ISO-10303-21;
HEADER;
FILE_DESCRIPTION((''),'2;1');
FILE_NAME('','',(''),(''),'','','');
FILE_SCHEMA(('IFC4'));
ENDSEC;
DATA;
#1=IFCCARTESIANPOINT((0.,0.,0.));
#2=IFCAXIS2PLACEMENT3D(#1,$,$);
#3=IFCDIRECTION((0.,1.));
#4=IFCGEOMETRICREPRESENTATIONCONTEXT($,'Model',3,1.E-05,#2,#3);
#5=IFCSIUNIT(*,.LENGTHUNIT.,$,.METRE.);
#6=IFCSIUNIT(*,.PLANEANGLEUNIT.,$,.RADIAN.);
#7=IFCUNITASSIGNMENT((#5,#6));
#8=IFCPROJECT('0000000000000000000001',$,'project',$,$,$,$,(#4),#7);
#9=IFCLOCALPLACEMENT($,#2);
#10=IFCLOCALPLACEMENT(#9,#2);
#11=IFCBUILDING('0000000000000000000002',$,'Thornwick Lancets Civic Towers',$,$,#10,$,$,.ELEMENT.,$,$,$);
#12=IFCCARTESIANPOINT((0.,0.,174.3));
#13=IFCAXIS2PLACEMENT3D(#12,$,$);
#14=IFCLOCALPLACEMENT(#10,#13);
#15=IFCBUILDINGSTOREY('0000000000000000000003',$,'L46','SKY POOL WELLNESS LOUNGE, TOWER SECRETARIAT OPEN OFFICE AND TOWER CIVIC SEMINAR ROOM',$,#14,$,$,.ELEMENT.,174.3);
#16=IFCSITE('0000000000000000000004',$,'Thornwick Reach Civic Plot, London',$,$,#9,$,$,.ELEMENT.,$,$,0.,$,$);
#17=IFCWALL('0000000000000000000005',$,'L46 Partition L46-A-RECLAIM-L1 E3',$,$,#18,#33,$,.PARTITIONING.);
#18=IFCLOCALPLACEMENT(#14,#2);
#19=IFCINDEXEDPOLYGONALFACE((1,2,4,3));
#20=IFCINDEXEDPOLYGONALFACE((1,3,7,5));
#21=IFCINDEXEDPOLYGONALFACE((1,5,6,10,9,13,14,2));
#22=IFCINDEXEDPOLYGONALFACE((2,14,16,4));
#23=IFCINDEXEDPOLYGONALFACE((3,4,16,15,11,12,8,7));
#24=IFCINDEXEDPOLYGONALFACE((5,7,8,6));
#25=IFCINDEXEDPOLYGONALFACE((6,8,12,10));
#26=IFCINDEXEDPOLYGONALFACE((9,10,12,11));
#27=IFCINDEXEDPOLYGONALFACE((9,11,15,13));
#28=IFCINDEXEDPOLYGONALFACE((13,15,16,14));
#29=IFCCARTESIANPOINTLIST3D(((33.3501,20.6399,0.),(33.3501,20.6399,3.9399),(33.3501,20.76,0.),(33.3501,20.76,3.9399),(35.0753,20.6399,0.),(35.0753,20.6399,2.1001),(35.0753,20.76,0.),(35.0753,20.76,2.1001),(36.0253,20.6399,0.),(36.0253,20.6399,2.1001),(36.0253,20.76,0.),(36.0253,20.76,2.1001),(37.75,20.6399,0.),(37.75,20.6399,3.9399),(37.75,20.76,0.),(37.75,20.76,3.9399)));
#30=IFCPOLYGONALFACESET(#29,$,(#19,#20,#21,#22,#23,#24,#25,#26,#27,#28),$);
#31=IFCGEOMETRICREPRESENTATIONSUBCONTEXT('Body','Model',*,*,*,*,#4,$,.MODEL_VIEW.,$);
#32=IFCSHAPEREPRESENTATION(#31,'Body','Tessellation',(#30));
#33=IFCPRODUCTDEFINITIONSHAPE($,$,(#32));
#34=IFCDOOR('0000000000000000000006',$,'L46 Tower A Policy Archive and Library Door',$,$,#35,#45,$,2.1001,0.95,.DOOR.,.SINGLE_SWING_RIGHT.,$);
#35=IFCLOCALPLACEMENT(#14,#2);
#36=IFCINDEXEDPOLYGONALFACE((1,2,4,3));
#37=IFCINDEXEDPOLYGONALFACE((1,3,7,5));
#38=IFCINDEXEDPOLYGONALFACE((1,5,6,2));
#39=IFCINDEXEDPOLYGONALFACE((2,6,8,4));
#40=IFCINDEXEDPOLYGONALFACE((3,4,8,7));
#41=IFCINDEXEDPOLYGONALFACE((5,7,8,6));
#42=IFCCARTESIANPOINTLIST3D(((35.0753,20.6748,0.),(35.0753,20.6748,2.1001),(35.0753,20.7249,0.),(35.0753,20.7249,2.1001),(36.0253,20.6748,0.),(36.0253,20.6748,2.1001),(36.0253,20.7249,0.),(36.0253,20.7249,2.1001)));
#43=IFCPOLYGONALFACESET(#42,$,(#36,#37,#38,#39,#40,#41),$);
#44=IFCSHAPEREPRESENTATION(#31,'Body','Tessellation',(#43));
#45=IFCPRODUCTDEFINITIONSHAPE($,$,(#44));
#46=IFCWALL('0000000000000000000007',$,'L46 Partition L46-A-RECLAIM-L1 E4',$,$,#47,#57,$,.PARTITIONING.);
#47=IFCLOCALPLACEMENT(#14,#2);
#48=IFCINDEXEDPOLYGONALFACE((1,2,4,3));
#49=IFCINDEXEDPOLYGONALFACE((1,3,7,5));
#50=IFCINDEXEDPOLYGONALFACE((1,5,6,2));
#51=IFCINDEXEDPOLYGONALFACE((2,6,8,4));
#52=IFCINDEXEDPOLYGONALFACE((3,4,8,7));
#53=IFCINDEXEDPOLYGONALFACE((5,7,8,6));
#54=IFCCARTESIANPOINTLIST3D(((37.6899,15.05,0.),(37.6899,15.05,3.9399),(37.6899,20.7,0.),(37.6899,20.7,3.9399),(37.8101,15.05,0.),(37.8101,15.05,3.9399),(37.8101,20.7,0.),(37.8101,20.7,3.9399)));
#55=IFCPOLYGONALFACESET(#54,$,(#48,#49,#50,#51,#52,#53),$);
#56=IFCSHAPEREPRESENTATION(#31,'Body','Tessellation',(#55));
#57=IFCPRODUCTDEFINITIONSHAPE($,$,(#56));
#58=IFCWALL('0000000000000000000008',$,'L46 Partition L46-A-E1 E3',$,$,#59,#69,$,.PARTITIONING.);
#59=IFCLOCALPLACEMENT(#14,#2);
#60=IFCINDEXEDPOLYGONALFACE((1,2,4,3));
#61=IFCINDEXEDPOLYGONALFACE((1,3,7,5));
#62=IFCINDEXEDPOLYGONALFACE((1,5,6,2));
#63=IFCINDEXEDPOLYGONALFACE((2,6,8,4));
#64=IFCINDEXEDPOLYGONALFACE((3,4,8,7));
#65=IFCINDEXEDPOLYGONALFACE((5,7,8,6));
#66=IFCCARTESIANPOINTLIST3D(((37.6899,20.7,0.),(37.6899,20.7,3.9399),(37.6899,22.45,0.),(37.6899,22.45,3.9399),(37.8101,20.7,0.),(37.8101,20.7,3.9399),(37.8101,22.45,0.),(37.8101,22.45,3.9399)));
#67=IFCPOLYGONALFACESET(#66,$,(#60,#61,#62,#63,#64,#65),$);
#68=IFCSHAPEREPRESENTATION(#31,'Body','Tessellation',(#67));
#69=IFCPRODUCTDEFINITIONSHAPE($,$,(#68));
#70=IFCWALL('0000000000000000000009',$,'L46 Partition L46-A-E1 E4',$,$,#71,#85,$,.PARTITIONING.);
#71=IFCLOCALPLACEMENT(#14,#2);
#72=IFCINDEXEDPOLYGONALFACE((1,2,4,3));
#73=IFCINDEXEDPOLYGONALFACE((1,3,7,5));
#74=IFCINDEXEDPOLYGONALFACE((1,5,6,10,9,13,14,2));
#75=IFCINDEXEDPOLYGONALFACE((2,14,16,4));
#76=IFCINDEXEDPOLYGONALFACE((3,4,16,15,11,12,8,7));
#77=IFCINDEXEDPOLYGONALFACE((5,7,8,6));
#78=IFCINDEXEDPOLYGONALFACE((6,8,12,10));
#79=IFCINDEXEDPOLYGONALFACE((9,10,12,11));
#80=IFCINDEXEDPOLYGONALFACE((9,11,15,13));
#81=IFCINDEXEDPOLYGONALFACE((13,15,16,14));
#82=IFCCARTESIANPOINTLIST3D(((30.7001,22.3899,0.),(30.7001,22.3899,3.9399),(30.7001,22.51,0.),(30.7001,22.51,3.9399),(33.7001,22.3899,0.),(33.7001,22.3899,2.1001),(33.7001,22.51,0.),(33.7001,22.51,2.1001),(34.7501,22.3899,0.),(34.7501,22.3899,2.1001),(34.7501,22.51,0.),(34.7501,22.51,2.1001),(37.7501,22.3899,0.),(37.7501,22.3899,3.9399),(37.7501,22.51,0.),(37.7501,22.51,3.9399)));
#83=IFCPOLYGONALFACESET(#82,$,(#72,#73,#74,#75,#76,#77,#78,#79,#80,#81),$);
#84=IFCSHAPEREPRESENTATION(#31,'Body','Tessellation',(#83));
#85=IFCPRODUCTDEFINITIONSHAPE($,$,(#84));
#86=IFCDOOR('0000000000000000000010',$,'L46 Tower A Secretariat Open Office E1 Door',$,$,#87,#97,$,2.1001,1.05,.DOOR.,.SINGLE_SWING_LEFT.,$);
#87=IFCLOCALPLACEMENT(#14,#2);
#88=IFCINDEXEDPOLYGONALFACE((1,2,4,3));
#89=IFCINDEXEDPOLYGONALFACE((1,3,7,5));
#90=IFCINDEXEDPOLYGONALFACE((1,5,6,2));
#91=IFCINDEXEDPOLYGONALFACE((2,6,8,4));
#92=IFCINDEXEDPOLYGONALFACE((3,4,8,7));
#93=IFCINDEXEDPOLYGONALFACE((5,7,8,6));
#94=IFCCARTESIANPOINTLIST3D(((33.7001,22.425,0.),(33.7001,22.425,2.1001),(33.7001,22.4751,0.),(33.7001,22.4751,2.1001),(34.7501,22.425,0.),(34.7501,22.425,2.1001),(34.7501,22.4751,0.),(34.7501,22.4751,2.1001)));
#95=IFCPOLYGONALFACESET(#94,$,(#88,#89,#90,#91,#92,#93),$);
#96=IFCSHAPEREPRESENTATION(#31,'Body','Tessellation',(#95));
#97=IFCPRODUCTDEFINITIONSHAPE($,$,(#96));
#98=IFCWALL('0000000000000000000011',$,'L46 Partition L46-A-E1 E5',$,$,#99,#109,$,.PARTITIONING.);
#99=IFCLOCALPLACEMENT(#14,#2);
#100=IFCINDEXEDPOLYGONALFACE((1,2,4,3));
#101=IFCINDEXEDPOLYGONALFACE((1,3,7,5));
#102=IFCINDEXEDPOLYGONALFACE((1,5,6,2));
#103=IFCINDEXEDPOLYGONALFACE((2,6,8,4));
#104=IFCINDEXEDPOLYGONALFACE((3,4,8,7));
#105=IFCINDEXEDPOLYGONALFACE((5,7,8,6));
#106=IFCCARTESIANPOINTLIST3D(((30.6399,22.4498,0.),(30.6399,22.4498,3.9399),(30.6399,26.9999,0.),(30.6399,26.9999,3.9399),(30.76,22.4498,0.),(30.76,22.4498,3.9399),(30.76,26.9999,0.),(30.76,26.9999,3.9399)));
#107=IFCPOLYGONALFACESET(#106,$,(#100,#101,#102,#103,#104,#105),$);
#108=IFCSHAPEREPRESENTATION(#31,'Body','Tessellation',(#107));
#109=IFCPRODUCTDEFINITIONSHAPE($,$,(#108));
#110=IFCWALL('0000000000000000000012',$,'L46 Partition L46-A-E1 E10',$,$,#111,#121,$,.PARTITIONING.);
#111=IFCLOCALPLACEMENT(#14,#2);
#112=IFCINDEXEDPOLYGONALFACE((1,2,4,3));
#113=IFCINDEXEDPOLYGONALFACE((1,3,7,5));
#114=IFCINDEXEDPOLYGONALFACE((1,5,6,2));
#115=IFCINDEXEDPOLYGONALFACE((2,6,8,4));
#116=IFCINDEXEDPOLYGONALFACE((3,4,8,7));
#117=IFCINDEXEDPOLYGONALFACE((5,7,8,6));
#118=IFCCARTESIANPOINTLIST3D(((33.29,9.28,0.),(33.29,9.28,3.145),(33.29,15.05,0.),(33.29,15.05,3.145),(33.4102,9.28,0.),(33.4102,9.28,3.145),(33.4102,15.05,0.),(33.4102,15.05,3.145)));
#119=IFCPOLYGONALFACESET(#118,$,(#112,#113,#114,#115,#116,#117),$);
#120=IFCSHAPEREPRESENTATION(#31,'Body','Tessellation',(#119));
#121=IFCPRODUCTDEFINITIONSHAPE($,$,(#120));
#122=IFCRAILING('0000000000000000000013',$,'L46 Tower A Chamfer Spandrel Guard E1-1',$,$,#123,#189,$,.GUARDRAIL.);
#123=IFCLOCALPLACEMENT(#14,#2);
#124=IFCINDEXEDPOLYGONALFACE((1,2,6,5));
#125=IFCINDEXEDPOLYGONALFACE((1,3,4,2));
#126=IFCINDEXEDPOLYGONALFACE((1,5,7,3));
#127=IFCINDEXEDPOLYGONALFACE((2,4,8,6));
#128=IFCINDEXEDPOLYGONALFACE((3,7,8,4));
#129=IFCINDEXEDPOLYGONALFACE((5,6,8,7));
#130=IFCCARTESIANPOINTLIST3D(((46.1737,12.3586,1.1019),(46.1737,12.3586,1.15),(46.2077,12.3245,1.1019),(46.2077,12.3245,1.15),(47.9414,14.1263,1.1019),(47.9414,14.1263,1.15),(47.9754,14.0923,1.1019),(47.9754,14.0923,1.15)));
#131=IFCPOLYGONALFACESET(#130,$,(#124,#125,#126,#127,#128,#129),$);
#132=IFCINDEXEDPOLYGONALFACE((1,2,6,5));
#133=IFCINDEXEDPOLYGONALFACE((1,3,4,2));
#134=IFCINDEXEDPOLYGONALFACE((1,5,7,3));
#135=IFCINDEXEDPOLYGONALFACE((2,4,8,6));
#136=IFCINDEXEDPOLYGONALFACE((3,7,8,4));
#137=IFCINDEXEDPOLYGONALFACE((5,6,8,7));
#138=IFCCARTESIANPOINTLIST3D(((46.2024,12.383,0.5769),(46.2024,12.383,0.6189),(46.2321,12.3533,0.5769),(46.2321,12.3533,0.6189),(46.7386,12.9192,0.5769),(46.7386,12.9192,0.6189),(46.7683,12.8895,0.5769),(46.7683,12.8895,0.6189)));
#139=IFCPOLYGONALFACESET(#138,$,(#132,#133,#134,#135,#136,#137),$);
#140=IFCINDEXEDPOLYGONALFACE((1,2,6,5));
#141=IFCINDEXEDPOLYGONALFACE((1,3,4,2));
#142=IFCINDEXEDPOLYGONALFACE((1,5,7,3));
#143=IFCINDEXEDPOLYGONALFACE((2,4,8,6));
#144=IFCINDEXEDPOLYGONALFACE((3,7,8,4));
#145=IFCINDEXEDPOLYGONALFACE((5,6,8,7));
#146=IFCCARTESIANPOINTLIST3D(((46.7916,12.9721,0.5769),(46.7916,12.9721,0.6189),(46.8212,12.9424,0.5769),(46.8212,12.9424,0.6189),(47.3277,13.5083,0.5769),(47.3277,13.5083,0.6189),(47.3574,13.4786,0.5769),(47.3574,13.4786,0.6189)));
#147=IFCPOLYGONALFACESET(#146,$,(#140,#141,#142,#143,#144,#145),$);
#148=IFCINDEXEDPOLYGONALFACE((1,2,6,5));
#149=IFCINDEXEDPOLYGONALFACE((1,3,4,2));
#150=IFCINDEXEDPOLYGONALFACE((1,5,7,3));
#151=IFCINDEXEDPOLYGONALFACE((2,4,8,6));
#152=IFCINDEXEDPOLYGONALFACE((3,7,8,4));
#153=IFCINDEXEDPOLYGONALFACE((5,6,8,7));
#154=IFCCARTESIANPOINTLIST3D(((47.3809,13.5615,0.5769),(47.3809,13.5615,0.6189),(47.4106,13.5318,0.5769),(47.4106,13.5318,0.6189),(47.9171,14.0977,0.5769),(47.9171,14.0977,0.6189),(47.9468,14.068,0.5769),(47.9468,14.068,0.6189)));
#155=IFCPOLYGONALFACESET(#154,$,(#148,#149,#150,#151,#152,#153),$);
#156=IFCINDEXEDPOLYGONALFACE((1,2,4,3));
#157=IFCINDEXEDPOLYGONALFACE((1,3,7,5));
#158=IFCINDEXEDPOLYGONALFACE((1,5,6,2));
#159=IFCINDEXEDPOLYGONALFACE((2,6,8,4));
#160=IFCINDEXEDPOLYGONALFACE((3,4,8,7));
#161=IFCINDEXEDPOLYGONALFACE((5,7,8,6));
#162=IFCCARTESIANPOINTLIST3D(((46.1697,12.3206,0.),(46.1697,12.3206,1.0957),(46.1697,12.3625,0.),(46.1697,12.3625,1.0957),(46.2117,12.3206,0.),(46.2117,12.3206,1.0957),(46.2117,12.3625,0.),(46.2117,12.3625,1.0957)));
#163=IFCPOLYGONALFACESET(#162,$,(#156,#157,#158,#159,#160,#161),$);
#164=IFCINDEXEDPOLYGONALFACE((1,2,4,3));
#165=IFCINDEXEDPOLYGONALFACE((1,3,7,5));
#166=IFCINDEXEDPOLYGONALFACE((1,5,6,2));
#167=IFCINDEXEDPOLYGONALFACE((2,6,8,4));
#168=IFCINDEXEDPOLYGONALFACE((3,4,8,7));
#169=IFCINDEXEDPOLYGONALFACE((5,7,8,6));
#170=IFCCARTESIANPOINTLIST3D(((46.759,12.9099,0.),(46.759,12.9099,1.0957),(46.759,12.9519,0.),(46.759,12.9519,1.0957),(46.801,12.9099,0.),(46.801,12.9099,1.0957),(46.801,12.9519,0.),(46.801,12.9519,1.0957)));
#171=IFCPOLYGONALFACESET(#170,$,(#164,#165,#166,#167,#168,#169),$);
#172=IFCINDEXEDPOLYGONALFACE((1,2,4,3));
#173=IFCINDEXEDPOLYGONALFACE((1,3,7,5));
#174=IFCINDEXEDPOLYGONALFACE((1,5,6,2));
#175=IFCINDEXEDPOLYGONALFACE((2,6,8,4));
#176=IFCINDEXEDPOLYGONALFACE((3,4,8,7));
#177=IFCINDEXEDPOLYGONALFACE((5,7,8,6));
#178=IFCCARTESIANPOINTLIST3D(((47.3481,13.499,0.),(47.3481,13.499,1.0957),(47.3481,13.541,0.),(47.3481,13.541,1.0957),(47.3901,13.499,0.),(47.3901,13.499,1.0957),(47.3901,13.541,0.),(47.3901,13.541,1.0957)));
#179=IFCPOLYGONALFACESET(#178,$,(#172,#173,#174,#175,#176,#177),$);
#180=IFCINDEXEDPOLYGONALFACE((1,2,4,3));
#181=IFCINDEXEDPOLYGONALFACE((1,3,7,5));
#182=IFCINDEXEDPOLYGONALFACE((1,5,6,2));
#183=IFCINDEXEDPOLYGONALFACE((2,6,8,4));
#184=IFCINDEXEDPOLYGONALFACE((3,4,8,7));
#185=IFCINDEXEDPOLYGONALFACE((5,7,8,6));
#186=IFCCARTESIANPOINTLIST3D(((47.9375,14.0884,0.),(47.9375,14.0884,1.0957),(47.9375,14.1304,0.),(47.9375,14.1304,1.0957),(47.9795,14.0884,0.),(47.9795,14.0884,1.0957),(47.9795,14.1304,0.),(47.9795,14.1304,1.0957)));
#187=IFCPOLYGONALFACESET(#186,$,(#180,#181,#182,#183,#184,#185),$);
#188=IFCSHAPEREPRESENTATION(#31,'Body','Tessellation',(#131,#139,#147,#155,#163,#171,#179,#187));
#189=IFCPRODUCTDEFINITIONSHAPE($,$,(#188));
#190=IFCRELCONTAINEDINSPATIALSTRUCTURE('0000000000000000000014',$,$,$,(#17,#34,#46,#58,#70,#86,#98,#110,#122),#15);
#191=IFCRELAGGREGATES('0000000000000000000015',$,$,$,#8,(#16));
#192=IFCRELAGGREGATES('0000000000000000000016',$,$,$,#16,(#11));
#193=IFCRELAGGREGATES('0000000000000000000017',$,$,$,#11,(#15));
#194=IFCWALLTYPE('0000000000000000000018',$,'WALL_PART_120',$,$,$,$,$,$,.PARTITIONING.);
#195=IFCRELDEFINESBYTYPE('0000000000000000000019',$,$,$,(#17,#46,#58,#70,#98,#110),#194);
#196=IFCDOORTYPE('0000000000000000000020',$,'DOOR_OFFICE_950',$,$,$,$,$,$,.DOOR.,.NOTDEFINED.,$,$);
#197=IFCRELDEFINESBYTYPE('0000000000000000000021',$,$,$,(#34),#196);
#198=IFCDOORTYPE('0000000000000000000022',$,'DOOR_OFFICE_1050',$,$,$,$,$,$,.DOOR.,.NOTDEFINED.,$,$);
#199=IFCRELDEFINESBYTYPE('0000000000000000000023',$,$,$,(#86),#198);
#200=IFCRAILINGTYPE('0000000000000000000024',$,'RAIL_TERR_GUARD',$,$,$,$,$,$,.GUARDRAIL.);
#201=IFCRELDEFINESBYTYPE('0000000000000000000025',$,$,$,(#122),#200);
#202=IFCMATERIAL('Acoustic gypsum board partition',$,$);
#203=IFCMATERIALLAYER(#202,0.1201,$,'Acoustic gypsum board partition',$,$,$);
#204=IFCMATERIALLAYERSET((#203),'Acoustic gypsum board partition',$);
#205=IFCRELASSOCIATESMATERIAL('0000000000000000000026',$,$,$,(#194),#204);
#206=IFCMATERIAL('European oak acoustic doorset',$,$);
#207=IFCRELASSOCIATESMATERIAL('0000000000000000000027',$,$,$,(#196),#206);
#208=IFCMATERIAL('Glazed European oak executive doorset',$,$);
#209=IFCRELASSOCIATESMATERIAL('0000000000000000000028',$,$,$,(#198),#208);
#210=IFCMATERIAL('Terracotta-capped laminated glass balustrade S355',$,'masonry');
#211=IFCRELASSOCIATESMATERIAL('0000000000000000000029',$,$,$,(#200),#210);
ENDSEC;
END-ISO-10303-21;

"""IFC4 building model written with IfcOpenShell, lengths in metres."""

from ifc_helpers import new_model, si_unit, direction, frame, frame_2d, origin, origin_2d, place, context, subcontext, project, spatial, rectangle, extrude, material, layer, layer_set, type_object, element, fill, save


model = new_model("IFC4")

# Units and contexts
model_context = context("Model", 3, precision=1e-05, world=origin(), true_north=direction((0.0, 1.0)))
body_context = subcontext(model_context, "Body", "Model", "MODEL_VIEW")
ifc_project = project(units=[si_unit("LENGTHUNIT", "METRE"), si_unit("PLANEANGLEUNIT", "RADIAN")], contexts=[model_context])

# Site, building, storey
site_placement = place(None, origin())
site = spatial("IfcSite", under=ifc_project, at=site_placement, Name="Thornwick Reach Civic Plot, London", CompositionType="ELEMENT", RefElevation=0.0)
building_placement = place(site_placement, origin())
building = spatial("IfcBuilding", under=site, at=building_placement, Name="Thornwick Lancets Civic Towers", CompositionType="ELEMENT")
storey_placement = place(building_placement, frame((0.0, 0.0, 174.3)))
storey = spatial("IfcBuildingStorey", under=building, at=storey_placement, Name="L46", Description="SKY POOL WELLNESS LOUNGE, TOWER SECRETARIAT OPEN OFFICE AND TOWER CIVIC SEMINAR ROOM", CompositionType="ELEMENT", Elevation=174.3)

# Shared definitions
ifc_material_1 = material(Name="Acoustic gypsum board partition")
ifc_layer_1 = layer(ifc_material_1, 0.1201, Name="Acoustic gypsum board partition")
ifc_layer_set_1 = layer_set([ifc_layer_1], Name="Acoustic gypsum board partition")
wall_type_1 = type_object("IfcWallType", Name="WALL_PART_120", PredefinedType="PARTITIONING", material=ifc_layer_set_1)

# Wall, opening, door
wall_1_placement = place(storey_placement, frame((33.3501, 20.7, 0.0), z_axis=(0.0, 0.0, 1.0), x_axis=(1.0, 0.0, 0.0)))
wall_1 = element("IfcWall", 1, at=wall_1_placement, inside=storey, type_object=wall_type_1, Name="L46 Partition L46-A-RECLAIM-L1 E3", PredefinedType="PARTITIONING", context=body_context, shape_type="SweptSolid", body=[
    extrude(rectangle(XDim=4.3999, YDim=0.1201, at=frame_2d((2.2, 0.0))), origin(), (0.0, 0.0, 1.0), 3.9399),
])
opening_1_placement = place(wall_1_placement, frame((1.7251, 0.0, 0.0)))
opening_1 = element("IfcOpeningElement", 2, at=opening_1_placement, cuts=wall_1, PredefinedType="OPENING", context=body_context, shape_type="SweptSolid", body=[
    extrude(rectangle(XDim=0.95, YDim=2.1001, at=frame_2d((0.4751, 1.05))), frame((0.0, 0.0701, 0.0), z_axis=(0.0, -1.0, 0.0), x_axis=(1.0, 0.0, 0.0)), (0.0, 0.0, 1.0), 0.1401),
])
ifc_material_2 = material(Name="European oak acoustic doorset")
door_type_1 = type_object("IfcDoorType", Name="DOOR_OFFICE_950", OperationType="NOTDEFINED", PredefinedType="DOOR", material=ifc_material_2)
door_1_placement = place(opening_1_placement, origin())
door_1 = element("IfcDoor", 3, at=door_1_placement, inside=storey, type_object=door_type_1, Name="L46 Tower A Policy Archive and Library Door", OperationType="SINGLE_SWING_RIGHT", OverallHeight=2.1001, OverallWidth=0.95, PredefinedType="DOOR", context=body_context, shape_type="SweptSolid", body=[
    extrude(rectangle(XDim=0.95, YDim=2.1001, at=frame_2d((0.4751, 1.05))), frame((0.0, 0.0249, 0.0), z_axis=(0.0, -1.0, 0.0), x_axis=(1.0, 0.0, 0.0)), (0.0, 0.0, 1.0), 0.05),
])
fill(opening_1, door_1)

# Walls
wall_2_placement = place(storey_placement, frame((37.75, 20.7, 0.0), z_axis=(0.0, 0.0, 1.0), x_axis=(0.0, -1.0, 0.0)))
element("IfcWall", 4, at=wall_2_placement, inside=storey, type_object=wall_type_1, Name="L46 Partition L46-A-RECLAIM-L1 E4", PredefinedType="PARTITIONING", context=body_context, shape_type="SweptSolid", body=[
    extrude(rectangle(XDim=5.6499, YDim=0.1201, at=frame_2d((2.825, 0.0))), origin(), (0.0, 0.0, 1.0), 3.9399),
])
wall_3_placement = place(storey_placement, frame((37.75, 20.7, 0.0), z_axis=(0.0, 0.0, 1.0), x_axis=(0.0, 1.0, 0.0)))
element("IfcWall", 5, at=wall_3_placement, inside=storey, type_object=wall_type_1, Name="L46 Partition L46-A-E1 E3", PredefinedType="PARTITIONING", context=body_context, shape_type="SweptSolid", body=[
    extrude(rectangle(XDim=1.75, YDim=0.1201, at=frame_2d((0.875, 0.0))), origin(), (0.0, 0.0, 1.0), 3.9399),
])

# Wall, opening, door
wall_4_placement = place(storey_placement, frame((37.75, 22.45, 0.0), z_axis=(0.0, 0.0, 1.0), x_axis=(-1.0, 0.0, 0.0)))
wall_4 = element("IfcWall", 6, at=wall_4_placement, inside=storey, type_object=wall_type_1, Name="L46 Partition L46-A-E1 E4", PredefinedType="PARTITIONING", context=body_context, shape_type="SweptSolid", body=[
    extrude(rectangle(XDim=7.05, YDim=0.1201, at=frame_2d((3.5249, 0.0))), origin(), (0.0, 0.0, 1.0), 3.9399),
])
opening_2_placement = place(wall_4_placement, frame((3.0, 0.0, 0.0)))
opening_2 = element("IfcOpeningElement", 7, at=opening_2_placement, cuts=wall_4, PredefinedType="OPENING", context=body_context, shape_type="SweptSolid", body=[
    extrude(rectangle(XDim=1.05, YDim=2.1001, at=frame_2d((0.5249, 1.05))), frame((0.0, 0.0701, 0.0), z_axis=(0.0, -1.0, 0.0), x_axis=(1.0, 0.0, 0.0)), (0.0, 0.0, 1.0), 0.1401),
])
ifc_material_3 = material(Name="Glazed European oak executive doorset")
door_type_2 = type_object("IfcDoorType", Name="DOOR_OFFICE_1050", OperationType="NOTDEFINED", PredefinedType="DOOR", material=ifc_material_3)
door_2_placement = place(opening_2_placement, origin())
door_2 = element("IfcDoor", 8, at=door_2_placement, inside=storey, type_object=door_type_2, Name="L46 Tower A Secretariat Open Office E1 Door", OperationType="SINGLE_SWING_LEFT", OverallHeight=2.1001, OverallWidth=1.05, PredefinedType="DOOR", context=body_context, shape_type="SweptSolid", body=[
    extrude(rectangle(XDim=1.05, YDim=2.1001, at=frame_2d((0.5249, 1.05))), frame((0.0, 0.0249, 0.0), z_axis=(0.0, -1.0, 0.0), x_axis=(1.0, 0.0, 0.0)), (0.0, 0.0, 1.0), 0.05),
])
fill(opening_2, door_2)

# Walls
wall_5_placement = place(storey_placement, frame((30.7, 22.45, 0.0), z_axis=(0.0, 0.0, 1.0), x_axis=(0.0, 1.0, 0.0)))
element("IfcWall", 9, at=wall_5_placement, inside=storey, type_object=wall_type_1, Name="L46 Partition L46-A-E1 E5", PredefinedType="PARTITIONING", context=body_context, shape_type="SweptSolid", body=[
    extrude(rectangle(XDim=4.55, YDim=0.1201, at=frame_2d((2.2749, 0.0))), origin(), (0.0, 0.0, 1.0), 3.9399),
])
wall_6_placement = place(storey_placement, frame((33.3501, 9.28, 0.0), z_axis=(0.0, 0.0, 1.0), x_axis=(0.0, 1.0, 0.0)))
element("IfcWall", 10, at=wall_6_placement, inside=storey, type_object=wall_type_1, Name="L46 Partition L46-A-E1 E10", PredefinedType="PARTITIONING", context=body_context, shape_type="SweptSolid", body=[
    extrude(rectangle(XDim=5.77, YDim=0.1201, at=frame_2d((2.885, 0.0))), origin(), (0.0, 0.0, 1.0), 3.145),
])

# Railing
ifc_material_4 = material(Name="Terracotta-capped laminated glass balustrade S355", Category="masonry")
railing_type = type_object("IfcRailingType", Name="RAIL_TERR_GUARD", PredefinedType="GUARDRAIL", material=ifc_material_4)
railing_1_placement = place(storey_placement, frame((46.1907, 12.3416, 0.0)))
element("IfcRailing", 11, at=railing_1_placement, inside=storey, type_object=railing_type, Name="L46 Tower A Chamfer Spandrel Guard E1-1", PredefinedType="GUARDRAIL", context=body_context, shape_type="SweptSolid", body=[
    extrude(rectangle(XDim=0.0481, YDim=0.0481, at=origin_2d()), frame((0.0, 0.0, 1.126), z_axis=(0.707107, 0.707107, 0.0), x_axis=(-0.707107, 0.707107, 0.0)), (0.0, 0.0, 1.0), 2.5),
    extrude(rectangle(XDim=0.042, YDim=0.042, at=origin_2d()), frame((0.0266, 0.0266, 0.5979), z_axis=(0.707107, 0.707107, 0.0), x_axis=(-0.707107, 0.707107, 0.0)), (0.0, 0.0, 1.0), 0.7583),
    extrude(rectangle(XDim=0.042, YDim=0.042, at=origin_2d()), frame((0.6157, 0.6157, 0.5979), z_axis=(0.707107, 0.707107, 0.0), x_axis=(-0.707107, 0.707107, 0.0)), (0.0, 0.0, 1.0), 0.7583),
    extrude(rectangle(XDim=0.042, YDim=0.042, at=origin_2d()), frame((1.2051, 1.2051, 0.5979), z_axis=(0.707107, 0.707107, 0.0), x_axis=(-0.707107, 0.707107, 0.0)), (0.0, 0.0, 1.0), 0.7583),
    extrude(rectangle(XDim=0.042, YDim=0.042, at=origin_2d()), origin(), (0.0, 0.0, 1.0), 1.0957),
    extrude(rectangle(XDim=0.042, YDim=0.042, at=origin_2d()), frame((0.5894, 0.5894, 0.0)), (0.0, 0.0, 1.0), 1.0957),
    extrude(rectangle(XDim=0.042, YDim=0.042, at=origin_2d()), frame((1.1785, 1.1785, 0.0)), (0.0, 0.0, 1.0), 1.0957),
    extrude(rectangle(XDim=0.042, YDim=0.042, at=origin_2d()), frame((1.7678, 1.7678, 0.0)), (0.0, 0.0, 1.0), 1.0957),
])

save(model, "model.ifc")
